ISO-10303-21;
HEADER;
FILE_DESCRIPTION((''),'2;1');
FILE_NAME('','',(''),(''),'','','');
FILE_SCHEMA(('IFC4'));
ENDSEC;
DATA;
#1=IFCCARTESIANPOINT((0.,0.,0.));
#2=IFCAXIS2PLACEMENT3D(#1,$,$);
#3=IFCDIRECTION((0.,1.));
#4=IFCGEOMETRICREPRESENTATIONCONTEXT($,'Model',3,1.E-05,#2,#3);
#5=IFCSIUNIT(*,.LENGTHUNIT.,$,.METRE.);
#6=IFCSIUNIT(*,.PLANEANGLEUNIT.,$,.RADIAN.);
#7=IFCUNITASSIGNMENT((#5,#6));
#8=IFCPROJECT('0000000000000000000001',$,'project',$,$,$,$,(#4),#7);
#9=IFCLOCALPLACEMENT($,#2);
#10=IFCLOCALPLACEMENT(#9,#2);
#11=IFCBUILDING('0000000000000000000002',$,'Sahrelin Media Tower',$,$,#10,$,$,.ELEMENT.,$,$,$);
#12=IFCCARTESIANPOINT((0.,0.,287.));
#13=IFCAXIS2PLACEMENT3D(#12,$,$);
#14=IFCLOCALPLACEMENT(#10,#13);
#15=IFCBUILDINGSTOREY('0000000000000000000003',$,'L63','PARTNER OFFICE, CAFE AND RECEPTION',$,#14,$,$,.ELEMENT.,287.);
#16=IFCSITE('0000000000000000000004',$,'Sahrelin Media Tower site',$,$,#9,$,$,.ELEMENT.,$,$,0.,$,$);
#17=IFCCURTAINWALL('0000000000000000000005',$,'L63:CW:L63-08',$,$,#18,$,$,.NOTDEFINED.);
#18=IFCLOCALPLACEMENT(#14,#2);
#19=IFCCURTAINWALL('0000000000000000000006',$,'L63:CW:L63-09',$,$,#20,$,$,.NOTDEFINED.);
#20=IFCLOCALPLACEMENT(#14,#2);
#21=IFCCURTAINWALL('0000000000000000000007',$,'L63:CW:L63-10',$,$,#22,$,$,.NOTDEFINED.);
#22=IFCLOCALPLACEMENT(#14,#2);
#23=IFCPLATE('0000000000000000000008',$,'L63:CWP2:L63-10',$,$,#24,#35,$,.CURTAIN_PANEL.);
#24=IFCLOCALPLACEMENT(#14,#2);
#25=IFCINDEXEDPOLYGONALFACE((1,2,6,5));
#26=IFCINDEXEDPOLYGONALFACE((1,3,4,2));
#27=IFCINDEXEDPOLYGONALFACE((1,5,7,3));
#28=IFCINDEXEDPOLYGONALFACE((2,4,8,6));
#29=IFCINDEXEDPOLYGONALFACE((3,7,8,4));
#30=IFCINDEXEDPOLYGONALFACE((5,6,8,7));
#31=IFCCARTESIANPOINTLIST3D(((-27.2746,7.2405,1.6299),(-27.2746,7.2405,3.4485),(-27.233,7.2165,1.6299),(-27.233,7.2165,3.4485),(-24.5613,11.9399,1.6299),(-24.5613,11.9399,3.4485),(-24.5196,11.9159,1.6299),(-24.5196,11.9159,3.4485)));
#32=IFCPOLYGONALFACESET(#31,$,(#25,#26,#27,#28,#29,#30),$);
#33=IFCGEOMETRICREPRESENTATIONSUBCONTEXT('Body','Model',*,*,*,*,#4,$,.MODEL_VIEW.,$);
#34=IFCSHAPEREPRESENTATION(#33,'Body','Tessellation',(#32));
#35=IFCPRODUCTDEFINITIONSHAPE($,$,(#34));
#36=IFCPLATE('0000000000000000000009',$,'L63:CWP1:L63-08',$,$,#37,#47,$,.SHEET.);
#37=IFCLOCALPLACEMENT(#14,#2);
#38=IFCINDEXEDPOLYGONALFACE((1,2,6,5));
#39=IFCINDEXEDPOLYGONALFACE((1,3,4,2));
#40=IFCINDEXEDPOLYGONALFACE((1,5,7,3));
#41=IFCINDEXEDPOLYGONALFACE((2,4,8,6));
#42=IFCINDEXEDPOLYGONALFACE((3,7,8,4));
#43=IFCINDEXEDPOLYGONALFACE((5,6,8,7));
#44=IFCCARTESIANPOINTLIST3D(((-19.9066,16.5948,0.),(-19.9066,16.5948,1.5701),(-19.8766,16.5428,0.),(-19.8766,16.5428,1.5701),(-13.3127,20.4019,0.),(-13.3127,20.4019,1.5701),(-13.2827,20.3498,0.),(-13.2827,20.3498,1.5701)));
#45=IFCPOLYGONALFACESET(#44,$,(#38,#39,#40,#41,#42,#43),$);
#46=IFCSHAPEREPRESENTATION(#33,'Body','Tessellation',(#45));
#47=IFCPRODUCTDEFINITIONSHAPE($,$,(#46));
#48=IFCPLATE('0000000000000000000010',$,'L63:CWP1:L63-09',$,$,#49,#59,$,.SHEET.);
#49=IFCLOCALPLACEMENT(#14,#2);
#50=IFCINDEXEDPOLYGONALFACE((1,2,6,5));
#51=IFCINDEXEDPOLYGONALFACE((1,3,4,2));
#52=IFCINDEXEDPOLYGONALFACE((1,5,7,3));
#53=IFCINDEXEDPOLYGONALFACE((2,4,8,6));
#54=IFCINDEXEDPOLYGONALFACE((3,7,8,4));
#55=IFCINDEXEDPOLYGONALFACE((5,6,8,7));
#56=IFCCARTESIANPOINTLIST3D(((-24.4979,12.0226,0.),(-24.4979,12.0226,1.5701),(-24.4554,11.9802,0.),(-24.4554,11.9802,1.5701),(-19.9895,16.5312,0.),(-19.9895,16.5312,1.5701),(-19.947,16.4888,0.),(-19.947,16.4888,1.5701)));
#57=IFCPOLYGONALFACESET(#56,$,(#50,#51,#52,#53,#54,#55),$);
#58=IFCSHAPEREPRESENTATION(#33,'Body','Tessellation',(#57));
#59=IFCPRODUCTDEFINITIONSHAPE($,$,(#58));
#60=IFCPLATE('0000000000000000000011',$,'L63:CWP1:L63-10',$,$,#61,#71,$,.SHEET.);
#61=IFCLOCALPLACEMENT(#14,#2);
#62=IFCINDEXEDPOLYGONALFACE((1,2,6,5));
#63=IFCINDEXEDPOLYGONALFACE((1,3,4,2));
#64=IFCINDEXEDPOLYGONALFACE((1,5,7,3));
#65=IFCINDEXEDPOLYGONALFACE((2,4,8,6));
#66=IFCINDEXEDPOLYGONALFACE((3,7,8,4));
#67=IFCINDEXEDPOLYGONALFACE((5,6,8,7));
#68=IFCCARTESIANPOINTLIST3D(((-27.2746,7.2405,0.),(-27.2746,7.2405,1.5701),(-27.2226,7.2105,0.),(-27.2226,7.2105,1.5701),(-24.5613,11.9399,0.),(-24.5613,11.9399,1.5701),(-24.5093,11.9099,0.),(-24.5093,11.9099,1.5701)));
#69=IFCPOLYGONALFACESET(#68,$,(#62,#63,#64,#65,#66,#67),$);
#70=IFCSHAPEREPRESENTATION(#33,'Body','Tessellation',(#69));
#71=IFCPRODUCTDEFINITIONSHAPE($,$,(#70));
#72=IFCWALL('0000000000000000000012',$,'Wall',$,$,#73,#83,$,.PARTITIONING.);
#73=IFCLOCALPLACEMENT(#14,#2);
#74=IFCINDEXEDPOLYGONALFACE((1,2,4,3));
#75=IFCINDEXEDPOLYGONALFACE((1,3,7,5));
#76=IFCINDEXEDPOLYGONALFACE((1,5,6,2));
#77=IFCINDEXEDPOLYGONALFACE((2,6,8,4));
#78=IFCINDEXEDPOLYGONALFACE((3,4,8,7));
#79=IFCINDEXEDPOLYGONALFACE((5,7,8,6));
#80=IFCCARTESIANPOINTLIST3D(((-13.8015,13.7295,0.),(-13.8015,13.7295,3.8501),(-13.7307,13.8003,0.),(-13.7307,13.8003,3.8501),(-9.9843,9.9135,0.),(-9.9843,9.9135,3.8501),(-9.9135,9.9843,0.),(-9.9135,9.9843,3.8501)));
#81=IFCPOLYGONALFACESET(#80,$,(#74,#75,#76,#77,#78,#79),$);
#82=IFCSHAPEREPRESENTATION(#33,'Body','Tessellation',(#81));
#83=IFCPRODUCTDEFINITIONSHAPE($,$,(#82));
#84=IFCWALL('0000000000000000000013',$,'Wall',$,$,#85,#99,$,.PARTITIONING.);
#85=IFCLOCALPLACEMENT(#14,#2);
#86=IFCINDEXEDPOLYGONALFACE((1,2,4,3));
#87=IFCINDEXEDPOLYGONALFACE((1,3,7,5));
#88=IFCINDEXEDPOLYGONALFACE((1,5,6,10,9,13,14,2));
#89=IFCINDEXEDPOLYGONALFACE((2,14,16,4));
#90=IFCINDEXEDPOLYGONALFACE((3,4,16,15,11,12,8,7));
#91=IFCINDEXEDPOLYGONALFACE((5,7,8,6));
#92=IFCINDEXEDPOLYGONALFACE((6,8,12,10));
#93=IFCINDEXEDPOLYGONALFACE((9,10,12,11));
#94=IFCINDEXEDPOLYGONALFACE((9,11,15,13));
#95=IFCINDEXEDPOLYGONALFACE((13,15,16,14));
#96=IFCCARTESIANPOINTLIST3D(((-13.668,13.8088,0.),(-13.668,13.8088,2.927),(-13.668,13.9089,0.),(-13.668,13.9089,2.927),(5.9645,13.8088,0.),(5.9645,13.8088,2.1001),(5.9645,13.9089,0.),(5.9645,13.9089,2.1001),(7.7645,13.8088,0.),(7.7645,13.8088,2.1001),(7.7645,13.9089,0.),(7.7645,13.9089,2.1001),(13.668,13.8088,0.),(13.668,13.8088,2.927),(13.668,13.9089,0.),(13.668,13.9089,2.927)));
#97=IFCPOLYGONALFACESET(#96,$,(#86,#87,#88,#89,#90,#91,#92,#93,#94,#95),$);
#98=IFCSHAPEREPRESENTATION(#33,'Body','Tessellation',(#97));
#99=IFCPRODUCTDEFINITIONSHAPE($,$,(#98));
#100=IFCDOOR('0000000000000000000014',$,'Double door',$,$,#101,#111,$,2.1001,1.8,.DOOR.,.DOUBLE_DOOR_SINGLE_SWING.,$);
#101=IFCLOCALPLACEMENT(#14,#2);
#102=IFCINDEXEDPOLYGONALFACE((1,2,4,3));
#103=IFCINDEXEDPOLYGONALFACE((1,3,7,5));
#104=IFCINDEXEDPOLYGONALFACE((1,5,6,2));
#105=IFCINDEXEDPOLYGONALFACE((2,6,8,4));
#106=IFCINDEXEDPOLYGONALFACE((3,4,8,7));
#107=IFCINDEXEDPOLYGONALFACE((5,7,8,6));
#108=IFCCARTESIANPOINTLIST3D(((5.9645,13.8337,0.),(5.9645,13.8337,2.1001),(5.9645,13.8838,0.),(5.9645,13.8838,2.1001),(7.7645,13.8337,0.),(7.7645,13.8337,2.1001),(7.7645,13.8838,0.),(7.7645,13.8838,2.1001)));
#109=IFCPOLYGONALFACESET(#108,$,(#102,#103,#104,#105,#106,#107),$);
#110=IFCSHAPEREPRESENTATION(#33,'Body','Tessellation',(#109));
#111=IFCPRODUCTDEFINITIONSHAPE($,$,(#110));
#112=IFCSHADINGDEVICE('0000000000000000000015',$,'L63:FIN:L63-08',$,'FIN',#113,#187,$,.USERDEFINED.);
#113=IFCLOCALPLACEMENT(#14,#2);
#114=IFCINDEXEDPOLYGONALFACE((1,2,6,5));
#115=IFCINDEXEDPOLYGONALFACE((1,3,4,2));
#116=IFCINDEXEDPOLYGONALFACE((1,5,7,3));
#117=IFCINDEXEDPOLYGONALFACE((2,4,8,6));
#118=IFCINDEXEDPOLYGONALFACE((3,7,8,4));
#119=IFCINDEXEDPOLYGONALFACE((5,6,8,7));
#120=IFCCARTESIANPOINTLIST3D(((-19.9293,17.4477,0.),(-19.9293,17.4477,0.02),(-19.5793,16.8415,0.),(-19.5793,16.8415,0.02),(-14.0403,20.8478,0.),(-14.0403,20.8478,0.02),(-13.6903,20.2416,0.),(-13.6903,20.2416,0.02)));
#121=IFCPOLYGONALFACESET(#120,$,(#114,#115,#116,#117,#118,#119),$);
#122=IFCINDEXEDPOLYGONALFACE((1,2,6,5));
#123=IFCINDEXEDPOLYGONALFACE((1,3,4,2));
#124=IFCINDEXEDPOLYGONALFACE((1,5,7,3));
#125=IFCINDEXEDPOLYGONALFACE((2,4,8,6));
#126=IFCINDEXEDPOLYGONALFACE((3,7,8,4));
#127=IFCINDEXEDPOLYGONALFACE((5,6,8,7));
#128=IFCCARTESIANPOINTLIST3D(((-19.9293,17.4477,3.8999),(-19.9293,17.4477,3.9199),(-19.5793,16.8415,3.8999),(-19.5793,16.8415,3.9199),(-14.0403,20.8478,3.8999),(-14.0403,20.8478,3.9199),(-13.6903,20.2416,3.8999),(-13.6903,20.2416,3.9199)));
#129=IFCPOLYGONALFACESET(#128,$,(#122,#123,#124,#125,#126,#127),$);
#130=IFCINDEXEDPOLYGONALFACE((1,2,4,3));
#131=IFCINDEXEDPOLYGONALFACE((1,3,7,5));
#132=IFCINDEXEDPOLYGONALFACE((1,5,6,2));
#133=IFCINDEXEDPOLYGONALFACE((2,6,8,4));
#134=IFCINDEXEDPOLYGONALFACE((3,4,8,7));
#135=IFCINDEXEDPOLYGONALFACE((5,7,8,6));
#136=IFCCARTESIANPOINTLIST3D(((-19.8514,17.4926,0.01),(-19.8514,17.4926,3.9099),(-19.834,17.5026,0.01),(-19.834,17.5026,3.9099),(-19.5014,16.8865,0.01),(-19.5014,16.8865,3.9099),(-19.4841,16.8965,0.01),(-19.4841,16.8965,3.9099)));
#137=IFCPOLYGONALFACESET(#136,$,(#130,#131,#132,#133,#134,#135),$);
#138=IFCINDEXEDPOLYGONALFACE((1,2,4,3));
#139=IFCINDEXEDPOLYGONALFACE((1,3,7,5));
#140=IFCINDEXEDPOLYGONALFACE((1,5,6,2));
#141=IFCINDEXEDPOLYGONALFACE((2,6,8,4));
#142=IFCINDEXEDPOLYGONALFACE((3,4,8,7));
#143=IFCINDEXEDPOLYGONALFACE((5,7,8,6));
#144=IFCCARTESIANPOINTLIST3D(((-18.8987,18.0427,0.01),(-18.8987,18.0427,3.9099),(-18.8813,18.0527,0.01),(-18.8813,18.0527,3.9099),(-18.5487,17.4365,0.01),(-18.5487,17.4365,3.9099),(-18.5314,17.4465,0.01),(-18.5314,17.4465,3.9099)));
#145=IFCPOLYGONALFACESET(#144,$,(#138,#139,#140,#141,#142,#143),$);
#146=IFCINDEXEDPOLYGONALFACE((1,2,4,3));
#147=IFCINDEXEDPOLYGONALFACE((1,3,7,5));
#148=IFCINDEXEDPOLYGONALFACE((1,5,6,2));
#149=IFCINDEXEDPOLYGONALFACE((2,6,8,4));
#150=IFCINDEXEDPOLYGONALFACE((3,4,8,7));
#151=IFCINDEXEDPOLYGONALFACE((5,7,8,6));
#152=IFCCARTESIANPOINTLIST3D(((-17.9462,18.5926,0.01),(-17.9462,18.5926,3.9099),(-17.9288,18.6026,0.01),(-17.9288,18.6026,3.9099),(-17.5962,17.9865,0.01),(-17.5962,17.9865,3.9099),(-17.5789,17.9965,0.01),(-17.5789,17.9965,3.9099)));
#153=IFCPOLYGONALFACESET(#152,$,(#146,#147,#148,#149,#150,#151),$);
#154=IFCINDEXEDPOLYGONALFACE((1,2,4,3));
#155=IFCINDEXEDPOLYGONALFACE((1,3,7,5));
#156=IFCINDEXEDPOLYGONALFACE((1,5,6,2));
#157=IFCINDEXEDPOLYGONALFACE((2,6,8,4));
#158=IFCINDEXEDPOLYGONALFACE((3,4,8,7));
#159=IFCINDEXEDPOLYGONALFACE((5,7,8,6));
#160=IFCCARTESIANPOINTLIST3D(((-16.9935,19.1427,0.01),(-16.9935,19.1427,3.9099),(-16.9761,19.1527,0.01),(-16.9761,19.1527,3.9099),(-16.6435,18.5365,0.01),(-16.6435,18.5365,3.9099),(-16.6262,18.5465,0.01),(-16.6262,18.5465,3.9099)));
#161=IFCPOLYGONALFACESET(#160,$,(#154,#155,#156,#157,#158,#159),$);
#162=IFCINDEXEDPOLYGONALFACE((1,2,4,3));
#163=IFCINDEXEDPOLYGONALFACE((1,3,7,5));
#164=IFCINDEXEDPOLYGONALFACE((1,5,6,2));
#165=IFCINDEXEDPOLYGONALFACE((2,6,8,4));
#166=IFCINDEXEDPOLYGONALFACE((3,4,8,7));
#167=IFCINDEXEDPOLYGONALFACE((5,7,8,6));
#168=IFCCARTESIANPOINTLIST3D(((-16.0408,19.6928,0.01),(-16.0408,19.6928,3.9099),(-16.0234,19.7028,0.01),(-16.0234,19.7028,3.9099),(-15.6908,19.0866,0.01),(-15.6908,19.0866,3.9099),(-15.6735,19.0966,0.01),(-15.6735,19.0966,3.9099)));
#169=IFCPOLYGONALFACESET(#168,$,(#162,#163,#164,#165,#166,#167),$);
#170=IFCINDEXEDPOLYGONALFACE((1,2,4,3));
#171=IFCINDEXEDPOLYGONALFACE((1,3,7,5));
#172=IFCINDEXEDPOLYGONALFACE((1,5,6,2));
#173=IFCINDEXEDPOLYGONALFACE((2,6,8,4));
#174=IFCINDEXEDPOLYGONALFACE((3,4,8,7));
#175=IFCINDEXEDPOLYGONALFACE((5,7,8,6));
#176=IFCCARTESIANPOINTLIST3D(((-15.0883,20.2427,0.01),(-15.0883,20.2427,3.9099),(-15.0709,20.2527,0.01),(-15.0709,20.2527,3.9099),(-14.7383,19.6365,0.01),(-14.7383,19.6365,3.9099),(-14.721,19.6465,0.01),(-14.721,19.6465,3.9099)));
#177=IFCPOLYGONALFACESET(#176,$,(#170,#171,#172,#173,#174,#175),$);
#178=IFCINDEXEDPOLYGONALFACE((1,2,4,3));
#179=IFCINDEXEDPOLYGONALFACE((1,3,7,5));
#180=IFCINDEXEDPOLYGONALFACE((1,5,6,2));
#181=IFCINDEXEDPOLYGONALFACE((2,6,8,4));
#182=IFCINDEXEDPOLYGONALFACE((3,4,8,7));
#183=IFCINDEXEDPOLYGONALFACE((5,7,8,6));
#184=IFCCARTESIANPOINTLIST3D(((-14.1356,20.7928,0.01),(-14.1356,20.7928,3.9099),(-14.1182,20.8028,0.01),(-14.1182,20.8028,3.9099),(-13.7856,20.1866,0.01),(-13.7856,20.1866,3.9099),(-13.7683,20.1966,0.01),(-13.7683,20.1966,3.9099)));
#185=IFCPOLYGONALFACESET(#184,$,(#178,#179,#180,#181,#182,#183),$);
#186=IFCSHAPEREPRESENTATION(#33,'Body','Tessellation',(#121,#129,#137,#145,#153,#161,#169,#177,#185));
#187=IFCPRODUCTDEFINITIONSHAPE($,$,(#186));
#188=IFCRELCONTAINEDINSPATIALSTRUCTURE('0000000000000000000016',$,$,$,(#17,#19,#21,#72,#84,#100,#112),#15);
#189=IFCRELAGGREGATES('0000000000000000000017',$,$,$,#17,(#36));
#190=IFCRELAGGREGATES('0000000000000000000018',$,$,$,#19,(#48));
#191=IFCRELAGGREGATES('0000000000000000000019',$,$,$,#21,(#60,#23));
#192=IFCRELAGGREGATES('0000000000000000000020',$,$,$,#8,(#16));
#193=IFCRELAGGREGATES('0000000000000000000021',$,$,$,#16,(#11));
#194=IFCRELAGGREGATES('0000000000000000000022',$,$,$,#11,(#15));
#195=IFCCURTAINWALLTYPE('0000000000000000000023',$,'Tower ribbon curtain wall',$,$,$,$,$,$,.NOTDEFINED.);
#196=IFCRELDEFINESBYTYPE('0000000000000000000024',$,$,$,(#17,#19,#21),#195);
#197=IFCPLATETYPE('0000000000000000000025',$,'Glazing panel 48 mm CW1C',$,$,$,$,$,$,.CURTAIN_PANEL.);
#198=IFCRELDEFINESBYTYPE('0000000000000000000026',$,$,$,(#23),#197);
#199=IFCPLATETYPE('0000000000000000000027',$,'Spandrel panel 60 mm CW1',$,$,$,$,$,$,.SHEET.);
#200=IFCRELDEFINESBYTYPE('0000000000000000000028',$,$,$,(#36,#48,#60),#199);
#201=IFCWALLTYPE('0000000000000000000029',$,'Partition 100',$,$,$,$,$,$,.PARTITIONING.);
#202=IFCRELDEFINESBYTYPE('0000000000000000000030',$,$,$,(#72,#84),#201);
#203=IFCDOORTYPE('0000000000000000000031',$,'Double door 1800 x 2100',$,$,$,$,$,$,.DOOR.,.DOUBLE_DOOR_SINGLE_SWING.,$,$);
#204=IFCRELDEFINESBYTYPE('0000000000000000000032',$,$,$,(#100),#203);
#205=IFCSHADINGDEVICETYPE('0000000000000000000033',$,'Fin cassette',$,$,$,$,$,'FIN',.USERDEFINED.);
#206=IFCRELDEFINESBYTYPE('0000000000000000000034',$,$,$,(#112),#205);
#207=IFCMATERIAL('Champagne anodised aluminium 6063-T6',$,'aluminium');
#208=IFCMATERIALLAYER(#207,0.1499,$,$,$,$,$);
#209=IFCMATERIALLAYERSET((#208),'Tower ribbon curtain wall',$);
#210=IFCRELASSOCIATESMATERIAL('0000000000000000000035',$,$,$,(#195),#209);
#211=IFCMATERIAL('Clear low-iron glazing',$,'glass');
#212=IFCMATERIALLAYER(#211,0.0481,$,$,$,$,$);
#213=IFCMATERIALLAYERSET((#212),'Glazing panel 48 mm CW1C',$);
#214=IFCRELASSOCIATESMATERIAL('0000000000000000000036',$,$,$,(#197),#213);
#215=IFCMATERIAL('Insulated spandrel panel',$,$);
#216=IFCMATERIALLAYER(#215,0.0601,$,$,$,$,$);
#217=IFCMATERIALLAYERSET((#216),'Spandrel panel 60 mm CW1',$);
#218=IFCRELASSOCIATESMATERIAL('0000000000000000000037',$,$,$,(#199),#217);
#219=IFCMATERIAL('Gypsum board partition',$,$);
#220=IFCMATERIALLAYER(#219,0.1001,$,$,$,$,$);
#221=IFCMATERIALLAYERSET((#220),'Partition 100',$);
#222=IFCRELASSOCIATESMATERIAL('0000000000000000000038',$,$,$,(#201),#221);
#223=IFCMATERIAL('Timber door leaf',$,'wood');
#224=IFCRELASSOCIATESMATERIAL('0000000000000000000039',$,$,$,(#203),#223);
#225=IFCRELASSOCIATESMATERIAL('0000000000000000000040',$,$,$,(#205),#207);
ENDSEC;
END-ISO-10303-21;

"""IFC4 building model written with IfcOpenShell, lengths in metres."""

from ifc_helpers import new_model, si_unit, direction, frame, frame_2d, origin, origin_2d, place, context, subcontext, project, spatial, polyline, rectangle, outline, extrude, material, layer, layer_set, type_object, element, fill, aggregate, save


model = new_model("IFC4")

# Units and contexts
model_context = context("Model", 3, precision=1e-05, world=origin(), true_north=direction((0.0, 1.0)))
body_context = subcontext(model_context, "Body", "Model", "MODEL_VIEW")
ifc_project = project(units=[si_unit("LENGTHUNIT", "METRE"), si_unit("PLANEANGLEUNIT", "RADIAN")], contexts=[model_context])

# Site, building, storey
site_placement = place(None, origin())
site = spatial("IfcSite", under=ifc_project, at=site_placement, Name="Sahrelin Media Tower site", CompositionType="ELEMENT", RefElevation=0.0)
building_placement = place(site_placement, origin())
building = spatial("IfcBuilding", under=site, at=building_placement, Name="Sahrelin Media Tower", CompositionType="ELEMENT")
storey_placement = place(building_placement, frame((0.0, 0.0, 287.0)))
storey = spatial("IfcBuildingStorey", under=building, at=storey_placement, Name="L63", Description="PARTNER OFFICE, CAFE AND RECEPTION", CompositionType="ELEMENT", Elevation=287.0)

# Curtain walls
ifc_material_1 = material(Name="Champagne anodised aluminium 6063-T6", Category="aluminium")
ifc_layer_1 = layer(ifc_material_1, 0.1499)
ifc_layer_set_1 = layer_set([ifc_layer_1], Name="Tower ribbon curtain wall")
curtain_wall_type = type_object("IfcCurtainWallType", Name="Tower ribbon curtain wall", PredefinedType="NOTDEFINED", material=ifc_layer_set_1)
curtain_wall_1_placement = place(storey_placement, frame((-16.5999, 18.481, 0.0), z_axis=(0.0, 0.0, 1.0), x_axis=(1.0, 0.0, 0.0)))
curtain_wall_1 = element("IfcCurtainWall", 1, at=curtain_wall_1_placement, inside=storey, type_object=curtain_wall_type, Name="L63:CW:L63-08", PredefinedType="NOTDEFINED")
curtain_wall_2_placement = place(storey_placement, frame((-22.2295, 14.2629, 0.0), z_axis=(0.0, 0.0, 1.0), x_axis=(1.0, 0.0, 0.0)))
curtain_wall_2 = element("IfcCurtainWall", 2, at=curtain_wall_2_placement, inside=storey, type_object=curtain_wall_type, Name="L63:CW:L63-09", PredefinedType="NOTDEFINED")

# Shared definitions
ifc_material_2 = material(Name="Clear low-iron glazing", Category="glass")
ifc_layer_2 = layer(ifc_material_2, 0.0481)
ifc_layer_set_2 = layer_set([ifc_layer_2], Name="Glazing panel 48 mm CW1C")
plate_type_1 = type_object("IfcPlateType", Name="Glazing panel 48 mm CW1C", PredefinedType="CURTAIN_PANEL", material=ifc_layer_set_2)

# Curtain wall, plate
curtain_wall_3_placement = place(storey_placement, frame((-25.9009, 9.5803, 0.0), z_axis=(0.0, 0.0, 1.0), x_axis=(1.0, 0.0, 0.0)))
curtain_wall_3 = element("IfcCurtainWall", 3, at=curtain_wall_3_placement, inside=storey, type_object=curtain_wall_type, Name="L63:CW:L63-10", PredefinedType="NOTDEFINED")
plate_1_placement = place(storey_placement, frame((-24.5613, 11.9399, 1.6299), z_axis=(-0.866014, 0.50002, 0.0), x_axis=(-0.50002, -0.866014, 0.0)))
plate_1 = element("IfcPlate", 4, at=plate_1_placement, type_object=plate_type_1, Name="L63:CWP2:L63-10", PredefinedType="CURTAIN_PANEL", context=body_context, shape_type="SweptSolid", body=[
    extrude(outline(polyline([(0.0, 0.0), (5.4265, 0.0), (5.4265, 1.8186), (0.0, 1.8186), (0.0, 0.0)])), origin(), (0.0, 0.0, -1.0), 0.0481),
])

# Plates
ifc_material_3 = material(Name="Insulated spandrel panel")
ifc_layer_3 = layer(ifc_material_3, 0.0601)
ifc_layer_set_3 = layer_set([ifc_layer_3], Name="Spandrel panel 60 mm CW1")
plate_type_2 = type_object("IfcPlateType", Name="Spandrel panel 60 mm CW1", PredefinedType="SHEET", material=ifc_layer_set_3)
plate_2_placement = place(storey_placement, frame((-13.3127, 20.4019, 0.0), z_axis=(-0.500008, 0.866021, 0.0), x_axis=(-0.866021, -0.500008, 0.0)))
plate_2 = element("IfcPlate", 5, at=plate_2_placement, type_object=plate_type_2, Name="L63:CWP1:L63-08", PredefinedType="SHEET", context=body_context, shape_type="SweptSolid", body=[
    extrude(outline(polyline([(0.0, 0.0), (7.614, 0.0), (7.614, 1.5701), (0.0, 1.5701), (0.0, 0.0)])), origin(), (0.0, 0.0, -1.0), 0.0601),
])
aggregate(curtain_wall_1, [plate_2])
plate_3_placement = place(storey_placement, frame((-19.9895, 16.5312, 0.0), z_axis=(-0.707126, 0.707088, 0.0), x_axis=(-0.707088, -0.707126, 0.0)))
plate_3 = element("IfcPlate", 6, at=plate_3_placement, type_object=plate_type_2, Name="L63:CWP1:L63-09", PredefinedType="SHEET", context=body_context, shape_type="SweptSolid", body=[
    extrude(outline(polyline([(0.0, 0.0), (6.376, 0.0), (6.376, 1.5701), (0.0, 1.5701), (0.0, 0.0)])), origin(), (0.0, 0.0, -1.0), 0.0601),
])
aggregate(curtain_wall_2, [plate_3])
plate_4_placement = place(storey_placement, frame((-24.5613, 11.9399, 0.0), z_axis=(-0.866014, 0.50002, 0.0), x_axis=(-0.50002, -0.866014, 0.0)))
plate_4 = element("IfcPlate", 7, at=plate_4_placement, type_object=plate_type_2, Name="L63:CWP1:L63-10", PredefinedType="SHEET", context=body_context, shape_type="SweptSolid", body=[
    extrude(outline(polyline([(0.0, 0.0), (5.4265, 0.0), (5.4265, 1.5701), (0.0, 1.5701), (0.0, 0.0)])), origin(), (0.0, 0.0, -1.0), 0.0601),
])
aggregate(curtain_wall_3, [plate_4, plate_1])

# Wall
ifc_material_4 = material(Name="Gypsum board partition")
ifc_layer_4 = layer(ifc_material_4, 0.1001)
ifc_layer_set_4 = layer_set([ifc_layer_4], Name="Partition 100")
wall_type = type_object("IfcWallType", Name="Partition 100", PredefinedType="PARTITIONING", material=ifc_layer_set_4)
wall_1_placement = place(storey_placement, frame((-13.7661, 13.7649, 0.0), z_axis=(0.0, 0.0, 1.0), x_axis=(0.70722, -0.706994, 0.0)))
element("IfcWall", 8, at=wall_1_placement, inside=storey, type_object=wall_type, Name="Wall", PredefinedType="PARTITIONING", context=body_context, shape_type="SweptSolid", body=[
    extrude(rectangle(XDim=5.3975, YDim=0.1001, at=frame_2d((2.6987, 0.0))), origin(), (0.0, 0.0, 1.0), 3.8501),
])

# Wall, opening, door
wall_2_placement = place(storey_placement, frame((-13.668, 13.8589, 0.0), z_axis=(0.0, 0.0, 1.0), x_axis=(1.0, 0.0, 0.0)))
wall_2 = element("IfcWall", 9, at=wall_2_placement, inside=storey, type_object=wall_type, Name="Wall", PredefinedType="PARTITIONING", context=body_context, shape_type="SweptSolid", body=[
    extrude(rectangle(XDim=27.3359, YDim=0.1001, at=frame_2d((13.668, 0.0))), origin(), (0.0, 0.0, 1.0), 2.927),
])
opening_placement = place(wall_2_placement, frame((19.6326, 0.0, 0.0)))
opening = element("IfcOpeningElement", 10, at=opening_placement, cuts=wall_2, PredefinedType="OPENING", context=body_context, shape_type="SweptSolid", body=[
    extrude(rectangle(XDim=1.8, YDim=2.1001, at=frame_2d((0.8999, 1.05))), frame((0.0, 0.05, 0.0), z_axis=(0.0, -1.0, 0.0), x_axis=(1.0, 0.0, 0.0)), (0.0, 0.0, 1.0), 0.1001),
])
ifc_material_5 = material(Name="Timber door leaf", Category="wood")
door_type = type_object("IfcDoorType", Name="Double door 1800 x 2100", OperationType="DOUBLE_DOOR_SINGLE_SWING", PredefinedType="DOOR", material=ifc_material_5)
door_placement = place(opening_placement, origin())
door = element("IfcDoor", 11, at=door_placement, inside=storey, type_object=door_type, Name="Double door", OperationType="DOUBLE_DOOR_SINGLE_SWING", OverallHeight=2.1001, OverallWidth=1.8, PredefinedType="DOOR", context=body_context, shape_type="SweptSolid", body=[
    extrude(rectangle(XDim=1.8, YDim=2.1001, at=frame_2d((0.8999, 1.05))), frame((0.0, 0.0249, 0.0), z_axis=(0.0, -1.0, 0.0), x_axis=(1.0, 0.0, 0.0)), (0.0, 0.0, 1.0), 0.05),
])
fill(opening, door)

# Shading device
shading_device_type_1 = type_object("IfcShadingDeviceType", Name="Fin cassette", ElementType="FIN", PredefinedType="USERDEFINED", material=ifc_material_1)
placement_1 = place(storey_placement, frame((-16.5999, 18.481, 0.0), z_axis=(0.0, 0.0, 1.0), x_axis=(0.866019, 0.500011, 0.0)))
element("IfcShadingDevice", 12, at=placement_1, inside=storey, type_object=shading_device_type_1, Name="L63:FIN:L63-08", ObjectType="FIN", PredefinedType="USERDEFINED", context=body_context, shape_type="SweptSolid", body=[
    extrude(rectangle(XDim=6.8, YDim=0.7, at=origin_2d()), frame((0.0, 0.4199, 0.0)), (0.0, 0.0, 1.0), 0.02),
    extrude(rectangle(XDim=6.8, YDim=0.7, at=origin_2d()), frame((0.0, 0.4199, 3.8999)), (0.0, 0.0, 1.0), 0.02),
    extrude(rectangle(XDim=0.02, YDim=0.7, at=origin_2d()), frame((-3.3, 0.4199, 0.01), z_axis=(0.0, 0.0, 1.0), x_axis=(1.0, 0.0, 0.0)), (0.0, 0.0, 1.0), 3.8999),
    extrude(rectangle(XDim=0.02, YDim=0.7, at=origin_2d()), frame((-2.2, 0.4199, 0.01), z_axis=(0.0, 0.0, 1.0), x_axis=(1.0, 0.0, 0.0)), (0.0, 0.0, 1.0), 3.8999),
    extrude(rectangle(XDim=0.02, YDim=0.7, at=origin_2d()), frame((-1.1001, 0.4199, 0.01), z_axis=(0.0, 0.0, 1.0), x_axis=(1.0, 0.0, 0.0)), (0.0, 0.0, 1.0), 3.8999),
    extrude(rectangle(XDim=0.02, YDim=0.7, at=origin_2d()), frame((0.0, 0.4199, 0.01), z_axis=(0.0, 0.0, 1.0), x_axis=(1.0, 0.0, 0.0)), (0.0, 0.0, 1.0), 3.8999),
    extrude(rectangle(XDim=0.02, YDim=0.7, at=origin_2d()), frame((1.1001, 0.4199, 0.01), z_axis=(0.0, 0.0, 1.0), x_axis=(1.0, 0.0, 0.0)), (0.0, 0.0, 1.0), 3.8999),
    extrude(rectangle(XDim=0.02, YDim=0.7, at=origin_2d()), frame((2.2, 0.4199, 0.01), z_axis=(0.0, 0.0, 1.0), x_axis=(1.0, 0.0, 0.0)), (0.0, 0.0, 1.0), 3.8999),
    extrude(rectangle(XDim=0.02, YDim=0.7, at=origin_2d()), frame((3.3, 0.4199, 0.01), z_axis=(0.0, 0.0, 1.0), x_axis=(1.0, 0.0, 0.0)), (0.0, 0.0, 1.0), 3.8999),
])

save(model, "model.ifc")
